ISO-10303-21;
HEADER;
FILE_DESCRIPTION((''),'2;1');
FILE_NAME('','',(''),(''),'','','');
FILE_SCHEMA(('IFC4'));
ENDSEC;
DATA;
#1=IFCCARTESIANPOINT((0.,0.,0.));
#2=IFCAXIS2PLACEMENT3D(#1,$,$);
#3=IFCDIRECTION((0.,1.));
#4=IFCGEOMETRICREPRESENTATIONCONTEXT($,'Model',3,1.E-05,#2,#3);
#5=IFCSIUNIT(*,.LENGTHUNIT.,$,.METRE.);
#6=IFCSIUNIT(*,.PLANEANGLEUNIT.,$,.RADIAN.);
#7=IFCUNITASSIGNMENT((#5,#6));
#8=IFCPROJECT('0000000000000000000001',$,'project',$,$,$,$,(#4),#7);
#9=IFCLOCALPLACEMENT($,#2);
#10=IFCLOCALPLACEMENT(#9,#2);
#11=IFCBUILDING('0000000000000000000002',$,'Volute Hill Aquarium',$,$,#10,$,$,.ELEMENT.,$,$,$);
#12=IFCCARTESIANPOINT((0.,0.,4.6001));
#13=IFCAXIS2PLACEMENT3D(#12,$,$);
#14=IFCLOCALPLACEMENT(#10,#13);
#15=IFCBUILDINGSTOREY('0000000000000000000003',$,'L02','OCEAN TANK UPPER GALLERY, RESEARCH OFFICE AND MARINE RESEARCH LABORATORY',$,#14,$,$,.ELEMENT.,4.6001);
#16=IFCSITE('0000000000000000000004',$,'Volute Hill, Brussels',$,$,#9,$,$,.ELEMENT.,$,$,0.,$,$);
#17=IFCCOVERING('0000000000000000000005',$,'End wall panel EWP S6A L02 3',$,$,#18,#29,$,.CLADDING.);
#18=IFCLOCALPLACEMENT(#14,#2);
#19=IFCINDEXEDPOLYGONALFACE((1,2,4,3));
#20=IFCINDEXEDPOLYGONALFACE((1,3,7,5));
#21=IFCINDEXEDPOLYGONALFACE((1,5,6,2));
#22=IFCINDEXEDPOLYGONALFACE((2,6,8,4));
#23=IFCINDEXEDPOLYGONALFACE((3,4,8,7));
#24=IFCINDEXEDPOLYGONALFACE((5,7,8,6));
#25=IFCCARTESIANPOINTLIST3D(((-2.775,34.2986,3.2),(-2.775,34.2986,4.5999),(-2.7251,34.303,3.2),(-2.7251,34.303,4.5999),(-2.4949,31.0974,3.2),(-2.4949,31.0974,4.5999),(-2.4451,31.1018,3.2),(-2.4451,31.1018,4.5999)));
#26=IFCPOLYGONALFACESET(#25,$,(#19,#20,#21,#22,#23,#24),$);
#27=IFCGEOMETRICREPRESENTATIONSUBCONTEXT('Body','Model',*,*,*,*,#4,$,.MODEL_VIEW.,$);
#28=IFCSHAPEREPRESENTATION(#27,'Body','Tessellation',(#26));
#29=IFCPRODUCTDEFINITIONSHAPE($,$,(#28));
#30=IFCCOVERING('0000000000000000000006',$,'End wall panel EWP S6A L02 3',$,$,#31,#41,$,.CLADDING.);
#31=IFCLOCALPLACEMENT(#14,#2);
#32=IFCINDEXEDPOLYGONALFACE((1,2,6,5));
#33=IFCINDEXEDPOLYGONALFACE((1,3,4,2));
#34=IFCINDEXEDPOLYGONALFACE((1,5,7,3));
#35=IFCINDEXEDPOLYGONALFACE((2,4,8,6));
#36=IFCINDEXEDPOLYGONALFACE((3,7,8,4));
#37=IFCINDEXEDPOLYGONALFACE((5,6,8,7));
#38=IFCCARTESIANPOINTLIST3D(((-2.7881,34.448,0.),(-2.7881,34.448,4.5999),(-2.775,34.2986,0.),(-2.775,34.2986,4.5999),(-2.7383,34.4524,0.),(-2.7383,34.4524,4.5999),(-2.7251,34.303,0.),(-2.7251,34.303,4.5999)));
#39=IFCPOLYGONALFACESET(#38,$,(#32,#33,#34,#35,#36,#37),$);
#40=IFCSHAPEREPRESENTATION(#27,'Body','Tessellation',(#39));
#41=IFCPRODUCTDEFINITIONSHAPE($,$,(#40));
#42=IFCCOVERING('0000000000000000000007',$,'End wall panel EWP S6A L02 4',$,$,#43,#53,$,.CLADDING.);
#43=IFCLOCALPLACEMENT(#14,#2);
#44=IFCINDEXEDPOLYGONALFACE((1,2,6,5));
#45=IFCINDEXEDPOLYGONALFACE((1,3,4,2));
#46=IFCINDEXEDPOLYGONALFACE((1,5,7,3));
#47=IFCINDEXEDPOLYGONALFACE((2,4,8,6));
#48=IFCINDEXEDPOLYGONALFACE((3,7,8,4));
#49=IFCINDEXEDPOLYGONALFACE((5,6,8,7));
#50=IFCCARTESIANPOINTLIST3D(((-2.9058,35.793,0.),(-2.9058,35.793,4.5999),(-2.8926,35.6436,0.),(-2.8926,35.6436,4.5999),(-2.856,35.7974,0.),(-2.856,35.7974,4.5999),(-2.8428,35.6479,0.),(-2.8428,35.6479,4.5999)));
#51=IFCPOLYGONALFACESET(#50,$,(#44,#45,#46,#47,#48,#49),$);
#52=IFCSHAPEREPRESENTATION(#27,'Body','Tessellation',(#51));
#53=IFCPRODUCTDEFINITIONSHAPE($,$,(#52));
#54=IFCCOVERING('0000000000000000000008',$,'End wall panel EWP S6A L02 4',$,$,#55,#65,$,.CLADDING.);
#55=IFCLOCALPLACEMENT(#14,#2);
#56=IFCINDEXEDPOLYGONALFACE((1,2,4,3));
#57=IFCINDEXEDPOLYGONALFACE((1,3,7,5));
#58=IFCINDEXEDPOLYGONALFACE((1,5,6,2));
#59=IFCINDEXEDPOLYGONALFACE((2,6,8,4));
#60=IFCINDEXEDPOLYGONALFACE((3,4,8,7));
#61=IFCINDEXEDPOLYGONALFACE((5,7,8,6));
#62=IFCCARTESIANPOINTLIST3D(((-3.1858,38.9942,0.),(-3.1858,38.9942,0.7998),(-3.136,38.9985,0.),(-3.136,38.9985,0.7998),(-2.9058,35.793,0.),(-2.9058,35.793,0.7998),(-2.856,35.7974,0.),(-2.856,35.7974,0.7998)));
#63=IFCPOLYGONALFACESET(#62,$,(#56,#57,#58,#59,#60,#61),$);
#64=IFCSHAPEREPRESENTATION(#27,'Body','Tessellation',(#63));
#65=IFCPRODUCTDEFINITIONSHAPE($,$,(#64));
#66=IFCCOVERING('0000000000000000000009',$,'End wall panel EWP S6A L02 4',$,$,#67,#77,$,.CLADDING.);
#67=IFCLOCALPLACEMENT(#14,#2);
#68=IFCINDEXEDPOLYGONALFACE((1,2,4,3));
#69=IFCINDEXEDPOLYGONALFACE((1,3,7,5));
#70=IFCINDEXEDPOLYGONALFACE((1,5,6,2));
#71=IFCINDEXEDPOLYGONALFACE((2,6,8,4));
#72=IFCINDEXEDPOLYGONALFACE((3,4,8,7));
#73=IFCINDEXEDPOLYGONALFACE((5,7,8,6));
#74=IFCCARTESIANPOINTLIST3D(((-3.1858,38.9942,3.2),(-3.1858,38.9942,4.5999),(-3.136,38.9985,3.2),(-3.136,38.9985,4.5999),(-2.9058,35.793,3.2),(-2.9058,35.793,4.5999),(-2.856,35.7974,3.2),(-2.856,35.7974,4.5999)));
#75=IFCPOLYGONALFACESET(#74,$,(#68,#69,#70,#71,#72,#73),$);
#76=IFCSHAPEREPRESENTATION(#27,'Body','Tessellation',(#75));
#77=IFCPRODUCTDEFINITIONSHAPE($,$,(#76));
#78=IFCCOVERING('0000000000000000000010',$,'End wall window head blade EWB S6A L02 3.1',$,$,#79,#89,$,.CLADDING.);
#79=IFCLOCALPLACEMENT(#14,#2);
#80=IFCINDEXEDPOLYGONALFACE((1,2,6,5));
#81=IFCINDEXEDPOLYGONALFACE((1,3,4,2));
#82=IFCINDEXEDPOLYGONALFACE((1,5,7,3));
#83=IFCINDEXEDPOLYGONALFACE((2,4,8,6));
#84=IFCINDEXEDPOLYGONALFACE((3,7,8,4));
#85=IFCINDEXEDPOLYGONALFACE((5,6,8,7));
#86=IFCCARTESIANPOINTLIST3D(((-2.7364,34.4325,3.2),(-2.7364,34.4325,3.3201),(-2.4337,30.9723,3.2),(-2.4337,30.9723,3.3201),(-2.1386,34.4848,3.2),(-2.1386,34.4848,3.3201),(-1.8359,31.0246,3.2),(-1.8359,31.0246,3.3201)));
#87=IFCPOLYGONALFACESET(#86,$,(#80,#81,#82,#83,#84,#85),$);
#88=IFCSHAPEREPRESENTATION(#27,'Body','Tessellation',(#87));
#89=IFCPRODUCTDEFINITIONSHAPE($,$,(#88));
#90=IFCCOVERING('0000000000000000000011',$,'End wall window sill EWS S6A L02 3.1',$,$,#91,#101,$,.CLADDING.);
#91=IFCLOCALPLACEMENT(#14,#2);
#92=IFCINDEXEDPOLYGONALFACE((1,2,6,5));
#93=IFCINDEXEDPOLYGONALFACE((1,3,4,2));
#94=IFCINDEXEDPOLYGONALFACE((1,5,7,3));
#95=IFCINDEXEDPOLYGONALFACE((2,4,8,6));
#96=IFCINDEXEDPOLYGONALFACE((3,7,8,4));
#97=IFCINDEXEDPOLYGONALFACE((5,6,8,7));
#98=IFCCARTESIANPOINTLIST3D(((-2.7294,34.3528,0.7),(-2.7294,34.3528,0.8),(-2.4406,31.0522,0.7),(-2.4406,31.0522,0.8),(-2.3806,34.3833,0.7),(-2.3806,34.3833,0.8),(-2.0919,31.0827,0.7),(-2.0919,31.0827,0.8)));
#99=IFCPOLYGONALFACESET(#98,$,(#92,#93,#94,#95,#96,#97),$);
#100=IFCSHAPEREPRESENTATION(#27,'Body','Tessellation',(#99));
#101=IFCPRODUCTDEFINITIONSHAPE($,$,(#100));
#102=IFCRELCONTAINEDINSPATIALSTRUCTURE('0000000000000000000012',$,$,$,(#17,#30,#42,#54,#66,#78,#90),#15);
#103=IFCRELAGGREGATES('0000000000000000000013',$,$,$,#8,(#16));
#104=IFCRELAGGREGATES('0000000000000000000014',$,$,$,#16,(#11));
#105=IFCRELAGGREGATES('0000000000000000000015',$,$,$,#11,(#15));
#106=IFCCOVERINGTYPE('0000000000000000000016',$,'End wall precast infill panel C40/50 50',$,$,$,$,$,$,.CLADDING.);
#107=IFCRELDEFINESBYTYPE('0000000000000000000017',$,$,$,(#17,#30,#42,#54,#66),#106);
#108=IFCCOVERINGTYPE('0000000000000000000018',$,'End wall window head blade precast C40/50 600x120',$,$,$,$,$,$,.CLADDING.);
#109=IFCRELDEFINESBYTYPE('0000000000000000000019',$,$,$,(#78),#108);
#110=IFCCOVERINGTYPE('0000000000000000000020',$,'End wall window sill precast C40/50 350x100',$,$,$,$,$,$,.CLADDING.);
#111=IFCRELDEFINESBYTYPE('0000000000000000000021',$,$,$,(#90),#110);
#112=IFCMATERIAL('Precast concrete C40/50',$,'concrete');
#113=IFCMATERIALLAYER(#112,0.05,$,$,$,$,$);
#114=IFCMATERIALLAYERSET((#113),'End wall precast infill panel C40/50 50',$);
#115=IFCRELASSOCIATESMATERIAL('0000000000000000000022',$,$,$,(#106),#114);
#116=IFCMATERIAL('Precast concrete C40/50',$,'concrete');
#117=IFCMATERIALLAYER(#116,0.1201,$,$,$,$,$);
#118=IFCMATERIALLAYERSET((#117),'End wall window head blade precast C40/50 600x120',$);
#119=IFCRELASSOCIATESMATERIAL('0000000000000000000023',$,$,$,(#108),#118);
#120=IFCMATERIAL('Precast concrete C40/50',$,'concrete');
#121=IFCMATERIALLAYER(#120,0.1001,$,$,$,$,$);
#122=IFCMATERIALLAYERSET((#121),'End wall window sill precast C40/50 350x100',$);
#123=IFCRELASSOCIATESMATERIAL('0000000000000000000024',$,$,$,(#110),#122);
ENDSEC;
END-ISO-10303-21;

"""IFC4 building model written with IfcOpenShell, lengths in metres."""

from ifc_helpers import new_model, si_unit, direction, frame, origin, origin_2d, place, context, subcontext, project, spatial, polyline, rectangle, outline, extrude, material, layer, layer_set, type_object, element, save


model = new_model("IFC4")

# Units and contexts
model_context = context("Model", 3, precision=1e-05, world=origin(), true_north=direction((0.0, 1.0)))
body_context = subcontext(model_context, "Body", "Model", "MODEL_VIEW")
ifc_project = project(units=[si_unit("LENGTHUNIT", "METRE"), si_unit("PLANEANGLEUNIT", "RADIAN")], contexts=[model_context])

# Site, building, storey
site_placement = place(None, origin())
site = spatial("IfcSite", under=ifc_project, at=site_placement, Name="Volute Hill, Brussels", CompositionType="ELEMENT", RefElevation=0.0)
building_placement = place(site_placement, origin())
building = spatial("IfcBuilding", under=site, at=building_placement, Name="Volute Hill Aquarium", CompositionType="ELEMENT")
storey_placement = place(building_placement, frame((0.0, 0.0, 4.6001)))
storey = spatial("IfcBuildingStorey", under=building, at=storey_placement, Name="L02", Description="OCEAN TANK UPPER GALLERY, RESEARCH OFFICE AND MARINE RESEARCH LABORATORY", CompositionType="ELEMENT", Elevation=4.6001)

# Coverings
ifc_material_1 = material(Name="Precast concrete C40/50", Category="concrete")
ifc_layer_1 = layer(ifc_material_1, 0.05)
ifc_layer_set_1 = layer_set([ifc_layer_1], Name="End wall precast infill panel C40/50 50")
covering_type_1 = type_object("IfcCoveringType", Name="End wall precast infill panel C40/50 50", PredefinedType="CLADDING", material=ifc_layer_set_1)
covering_1_placement = place(storey_placement, frame((-2.4451, 31.1018, 3.2), z_axis=(0.996196, 0.087144, 0.0), x_axis=(-0.087144, 0.996196, 0.0)))
element("IfcCovering", 1, at=covering_1_placement, inside=storey, type_object=covering_type_1, Name="End wall panel EWP S6A L02 3", PredefinedType="CLADDING", context=body_context, shape_type="SweptSolid", body=[
    extrude(outline(polyline([(0.0, 0.0), (3.2134, 0.0), (3.2134, 1.3999), (0.0, 1.3999), (0.0, 0.0)])), origin(), (0.0, 0.0, -1.0), 0.05),
])
for number, where, z_axis, x_axis, name in (
    (2, (-2.7251, 34.303, 0.0), (0.99613, 0.087894, 0.0), (-0.087894, 0.99613, 0.0), "End wall panel EWP S6A L02 3"),
    (3, (-2.8428, 35.6479, 0.0), (0.99613, 0.087894, 0.0), (-0.087894, 0.99613, 0.0), "End wall panel EWP S6A L02 4"),
):
    element("IfcCovering", number, at=place(storey_placement, frame(where, z_axis=z_axis, x_axis=x_axis)), inside=storey, type_object=covering_type_1, Name=name, PredefinedType="CLADDING", context=body_context, shape_type="SweptSolid", body=[
        extrude(outline(polyline([(0.0, 0.0), (0.15, 0.0), (0.15, 4.5999), (0.0, 4.5999), (0.0, 0.0)])), origin(), (0.0, 0.0, -1.0), 0.05),
    ])
covering_2_placement = place(storey_placement, frame((-2.856, 35.7974, 0.0), z_axis=(0.996196, 0.087144, 0.0), x_axis=(-0.087144, 0.996196, 0.0)))
element("IfcCovering", 4, at=covering_2_placement, inside=storey, type_object=covering_type_1, Name="End wall panel EWP S6A L02 4", PredefinedType="CLADDING", context=body_context, shape_type="SweptSolid", body=[
    extrude(outline(polyline([(0.0, 0.0), (3.2134, 0.0), (3.2134, 0.7998), (0.0, 0.7998), (0.0, 0.0)])), origin(), (0.0, 0.0, -1.0), 0.05),
])
covering_3_placement = place(storey_placement, frame((-2.856, 35.7974, 3.2), z_axis=(0.996196, 0.087144, 0.0), x_axis=(-0.087144, 0.996196, 0.0)))
element("IfcCovering", 5, at=covering_3_placement, inside=storey, type_object=covering_type_1, Name="End wall panel EWP S6A L02 4", PredefinedType="CLADDING", context=body_context, shape_type="SweptSolid", body=[
    extrude(outline(polyline([(0.0, 0.0), (3.2134, 0.0), (3.2134, 1.3999), (0.0, 1.3999), (0.0, 0.0)])), origin(), (0.0, 0.0, -1.0), 0.05),
])
ifc_material_2 = material(Name="Precast concrete C40/50", Category="concrete")
ifc_layer_2 = layer(ifc_material_2, 0.1201)
ifc_layer_set_2 = layer_set([ifc_layer_2], Name="End wall window head blade precast C40/50 600x120")
covering_type_2 = type_object("IfcCoveringType", Name="End wall window head blade precast C40/50 600x120", PredefinedType="CLADDING", material=ifc_layer_set_2)
covering_4_placement = place(storey_placement, frame((-2.2861, 32.7285, 3.2), z_axis=(0.0, 0.0, 1.0), x_axis=(-0.087155, 0.996195, 0.0)))
element("IfcCovering", 6, at=covering_4_placement, inside=storey, type_object=covering_type_2, Name="End wall window head blade EWB S6A L02 3.1", PredefinedType="CLADDING", context=body_context, shape_type="SweptSolid", body=[
    extrude(rectangle(XDim=3.4734, YDim=0.6001, at=origin_2d()), origin(), (0.0, 0.0, 1.0), 0.1201),
])
ifc_material_3 = material(Name="Precast concrete C40/50", Category="concrete")
ifc_layer_3 = layer(ifc_material_3, 0.1001)
ifc_layer_set_3 = layer_set([ifc_layer_3], Name="End wall window sill precast C40/50 350x100")
covering_type_3 = type_object("IfcCoveringType", Name="End wall window sill precast C40/50 350x100", PredefinedType="CLADDING", material=ifc_layer_set_3)
covering_5_placement = place(storey_placement, frame((-2.4106, 32.7178, 0.7), z_axis=(0.0, 0.0, 1.0), x_axis=(-0.087155, 0.996195, 0.0)))
element("IfcCovering", 7, at=covering_5_placement, inside=storey, type_object=covering_type_3, Name="End wall window sill EWS S6A L02 3.1", PredefinedType="CLADDING", context=body_context, shape_type="SweptSolid", body=[
    extrude(rectangle(XDim=3.3132, YDim=0.3501, at=origin_2d()), origin(), (0.0, 0.0, 1.0), 0.1001),
])

save(model, "model.ifc")
